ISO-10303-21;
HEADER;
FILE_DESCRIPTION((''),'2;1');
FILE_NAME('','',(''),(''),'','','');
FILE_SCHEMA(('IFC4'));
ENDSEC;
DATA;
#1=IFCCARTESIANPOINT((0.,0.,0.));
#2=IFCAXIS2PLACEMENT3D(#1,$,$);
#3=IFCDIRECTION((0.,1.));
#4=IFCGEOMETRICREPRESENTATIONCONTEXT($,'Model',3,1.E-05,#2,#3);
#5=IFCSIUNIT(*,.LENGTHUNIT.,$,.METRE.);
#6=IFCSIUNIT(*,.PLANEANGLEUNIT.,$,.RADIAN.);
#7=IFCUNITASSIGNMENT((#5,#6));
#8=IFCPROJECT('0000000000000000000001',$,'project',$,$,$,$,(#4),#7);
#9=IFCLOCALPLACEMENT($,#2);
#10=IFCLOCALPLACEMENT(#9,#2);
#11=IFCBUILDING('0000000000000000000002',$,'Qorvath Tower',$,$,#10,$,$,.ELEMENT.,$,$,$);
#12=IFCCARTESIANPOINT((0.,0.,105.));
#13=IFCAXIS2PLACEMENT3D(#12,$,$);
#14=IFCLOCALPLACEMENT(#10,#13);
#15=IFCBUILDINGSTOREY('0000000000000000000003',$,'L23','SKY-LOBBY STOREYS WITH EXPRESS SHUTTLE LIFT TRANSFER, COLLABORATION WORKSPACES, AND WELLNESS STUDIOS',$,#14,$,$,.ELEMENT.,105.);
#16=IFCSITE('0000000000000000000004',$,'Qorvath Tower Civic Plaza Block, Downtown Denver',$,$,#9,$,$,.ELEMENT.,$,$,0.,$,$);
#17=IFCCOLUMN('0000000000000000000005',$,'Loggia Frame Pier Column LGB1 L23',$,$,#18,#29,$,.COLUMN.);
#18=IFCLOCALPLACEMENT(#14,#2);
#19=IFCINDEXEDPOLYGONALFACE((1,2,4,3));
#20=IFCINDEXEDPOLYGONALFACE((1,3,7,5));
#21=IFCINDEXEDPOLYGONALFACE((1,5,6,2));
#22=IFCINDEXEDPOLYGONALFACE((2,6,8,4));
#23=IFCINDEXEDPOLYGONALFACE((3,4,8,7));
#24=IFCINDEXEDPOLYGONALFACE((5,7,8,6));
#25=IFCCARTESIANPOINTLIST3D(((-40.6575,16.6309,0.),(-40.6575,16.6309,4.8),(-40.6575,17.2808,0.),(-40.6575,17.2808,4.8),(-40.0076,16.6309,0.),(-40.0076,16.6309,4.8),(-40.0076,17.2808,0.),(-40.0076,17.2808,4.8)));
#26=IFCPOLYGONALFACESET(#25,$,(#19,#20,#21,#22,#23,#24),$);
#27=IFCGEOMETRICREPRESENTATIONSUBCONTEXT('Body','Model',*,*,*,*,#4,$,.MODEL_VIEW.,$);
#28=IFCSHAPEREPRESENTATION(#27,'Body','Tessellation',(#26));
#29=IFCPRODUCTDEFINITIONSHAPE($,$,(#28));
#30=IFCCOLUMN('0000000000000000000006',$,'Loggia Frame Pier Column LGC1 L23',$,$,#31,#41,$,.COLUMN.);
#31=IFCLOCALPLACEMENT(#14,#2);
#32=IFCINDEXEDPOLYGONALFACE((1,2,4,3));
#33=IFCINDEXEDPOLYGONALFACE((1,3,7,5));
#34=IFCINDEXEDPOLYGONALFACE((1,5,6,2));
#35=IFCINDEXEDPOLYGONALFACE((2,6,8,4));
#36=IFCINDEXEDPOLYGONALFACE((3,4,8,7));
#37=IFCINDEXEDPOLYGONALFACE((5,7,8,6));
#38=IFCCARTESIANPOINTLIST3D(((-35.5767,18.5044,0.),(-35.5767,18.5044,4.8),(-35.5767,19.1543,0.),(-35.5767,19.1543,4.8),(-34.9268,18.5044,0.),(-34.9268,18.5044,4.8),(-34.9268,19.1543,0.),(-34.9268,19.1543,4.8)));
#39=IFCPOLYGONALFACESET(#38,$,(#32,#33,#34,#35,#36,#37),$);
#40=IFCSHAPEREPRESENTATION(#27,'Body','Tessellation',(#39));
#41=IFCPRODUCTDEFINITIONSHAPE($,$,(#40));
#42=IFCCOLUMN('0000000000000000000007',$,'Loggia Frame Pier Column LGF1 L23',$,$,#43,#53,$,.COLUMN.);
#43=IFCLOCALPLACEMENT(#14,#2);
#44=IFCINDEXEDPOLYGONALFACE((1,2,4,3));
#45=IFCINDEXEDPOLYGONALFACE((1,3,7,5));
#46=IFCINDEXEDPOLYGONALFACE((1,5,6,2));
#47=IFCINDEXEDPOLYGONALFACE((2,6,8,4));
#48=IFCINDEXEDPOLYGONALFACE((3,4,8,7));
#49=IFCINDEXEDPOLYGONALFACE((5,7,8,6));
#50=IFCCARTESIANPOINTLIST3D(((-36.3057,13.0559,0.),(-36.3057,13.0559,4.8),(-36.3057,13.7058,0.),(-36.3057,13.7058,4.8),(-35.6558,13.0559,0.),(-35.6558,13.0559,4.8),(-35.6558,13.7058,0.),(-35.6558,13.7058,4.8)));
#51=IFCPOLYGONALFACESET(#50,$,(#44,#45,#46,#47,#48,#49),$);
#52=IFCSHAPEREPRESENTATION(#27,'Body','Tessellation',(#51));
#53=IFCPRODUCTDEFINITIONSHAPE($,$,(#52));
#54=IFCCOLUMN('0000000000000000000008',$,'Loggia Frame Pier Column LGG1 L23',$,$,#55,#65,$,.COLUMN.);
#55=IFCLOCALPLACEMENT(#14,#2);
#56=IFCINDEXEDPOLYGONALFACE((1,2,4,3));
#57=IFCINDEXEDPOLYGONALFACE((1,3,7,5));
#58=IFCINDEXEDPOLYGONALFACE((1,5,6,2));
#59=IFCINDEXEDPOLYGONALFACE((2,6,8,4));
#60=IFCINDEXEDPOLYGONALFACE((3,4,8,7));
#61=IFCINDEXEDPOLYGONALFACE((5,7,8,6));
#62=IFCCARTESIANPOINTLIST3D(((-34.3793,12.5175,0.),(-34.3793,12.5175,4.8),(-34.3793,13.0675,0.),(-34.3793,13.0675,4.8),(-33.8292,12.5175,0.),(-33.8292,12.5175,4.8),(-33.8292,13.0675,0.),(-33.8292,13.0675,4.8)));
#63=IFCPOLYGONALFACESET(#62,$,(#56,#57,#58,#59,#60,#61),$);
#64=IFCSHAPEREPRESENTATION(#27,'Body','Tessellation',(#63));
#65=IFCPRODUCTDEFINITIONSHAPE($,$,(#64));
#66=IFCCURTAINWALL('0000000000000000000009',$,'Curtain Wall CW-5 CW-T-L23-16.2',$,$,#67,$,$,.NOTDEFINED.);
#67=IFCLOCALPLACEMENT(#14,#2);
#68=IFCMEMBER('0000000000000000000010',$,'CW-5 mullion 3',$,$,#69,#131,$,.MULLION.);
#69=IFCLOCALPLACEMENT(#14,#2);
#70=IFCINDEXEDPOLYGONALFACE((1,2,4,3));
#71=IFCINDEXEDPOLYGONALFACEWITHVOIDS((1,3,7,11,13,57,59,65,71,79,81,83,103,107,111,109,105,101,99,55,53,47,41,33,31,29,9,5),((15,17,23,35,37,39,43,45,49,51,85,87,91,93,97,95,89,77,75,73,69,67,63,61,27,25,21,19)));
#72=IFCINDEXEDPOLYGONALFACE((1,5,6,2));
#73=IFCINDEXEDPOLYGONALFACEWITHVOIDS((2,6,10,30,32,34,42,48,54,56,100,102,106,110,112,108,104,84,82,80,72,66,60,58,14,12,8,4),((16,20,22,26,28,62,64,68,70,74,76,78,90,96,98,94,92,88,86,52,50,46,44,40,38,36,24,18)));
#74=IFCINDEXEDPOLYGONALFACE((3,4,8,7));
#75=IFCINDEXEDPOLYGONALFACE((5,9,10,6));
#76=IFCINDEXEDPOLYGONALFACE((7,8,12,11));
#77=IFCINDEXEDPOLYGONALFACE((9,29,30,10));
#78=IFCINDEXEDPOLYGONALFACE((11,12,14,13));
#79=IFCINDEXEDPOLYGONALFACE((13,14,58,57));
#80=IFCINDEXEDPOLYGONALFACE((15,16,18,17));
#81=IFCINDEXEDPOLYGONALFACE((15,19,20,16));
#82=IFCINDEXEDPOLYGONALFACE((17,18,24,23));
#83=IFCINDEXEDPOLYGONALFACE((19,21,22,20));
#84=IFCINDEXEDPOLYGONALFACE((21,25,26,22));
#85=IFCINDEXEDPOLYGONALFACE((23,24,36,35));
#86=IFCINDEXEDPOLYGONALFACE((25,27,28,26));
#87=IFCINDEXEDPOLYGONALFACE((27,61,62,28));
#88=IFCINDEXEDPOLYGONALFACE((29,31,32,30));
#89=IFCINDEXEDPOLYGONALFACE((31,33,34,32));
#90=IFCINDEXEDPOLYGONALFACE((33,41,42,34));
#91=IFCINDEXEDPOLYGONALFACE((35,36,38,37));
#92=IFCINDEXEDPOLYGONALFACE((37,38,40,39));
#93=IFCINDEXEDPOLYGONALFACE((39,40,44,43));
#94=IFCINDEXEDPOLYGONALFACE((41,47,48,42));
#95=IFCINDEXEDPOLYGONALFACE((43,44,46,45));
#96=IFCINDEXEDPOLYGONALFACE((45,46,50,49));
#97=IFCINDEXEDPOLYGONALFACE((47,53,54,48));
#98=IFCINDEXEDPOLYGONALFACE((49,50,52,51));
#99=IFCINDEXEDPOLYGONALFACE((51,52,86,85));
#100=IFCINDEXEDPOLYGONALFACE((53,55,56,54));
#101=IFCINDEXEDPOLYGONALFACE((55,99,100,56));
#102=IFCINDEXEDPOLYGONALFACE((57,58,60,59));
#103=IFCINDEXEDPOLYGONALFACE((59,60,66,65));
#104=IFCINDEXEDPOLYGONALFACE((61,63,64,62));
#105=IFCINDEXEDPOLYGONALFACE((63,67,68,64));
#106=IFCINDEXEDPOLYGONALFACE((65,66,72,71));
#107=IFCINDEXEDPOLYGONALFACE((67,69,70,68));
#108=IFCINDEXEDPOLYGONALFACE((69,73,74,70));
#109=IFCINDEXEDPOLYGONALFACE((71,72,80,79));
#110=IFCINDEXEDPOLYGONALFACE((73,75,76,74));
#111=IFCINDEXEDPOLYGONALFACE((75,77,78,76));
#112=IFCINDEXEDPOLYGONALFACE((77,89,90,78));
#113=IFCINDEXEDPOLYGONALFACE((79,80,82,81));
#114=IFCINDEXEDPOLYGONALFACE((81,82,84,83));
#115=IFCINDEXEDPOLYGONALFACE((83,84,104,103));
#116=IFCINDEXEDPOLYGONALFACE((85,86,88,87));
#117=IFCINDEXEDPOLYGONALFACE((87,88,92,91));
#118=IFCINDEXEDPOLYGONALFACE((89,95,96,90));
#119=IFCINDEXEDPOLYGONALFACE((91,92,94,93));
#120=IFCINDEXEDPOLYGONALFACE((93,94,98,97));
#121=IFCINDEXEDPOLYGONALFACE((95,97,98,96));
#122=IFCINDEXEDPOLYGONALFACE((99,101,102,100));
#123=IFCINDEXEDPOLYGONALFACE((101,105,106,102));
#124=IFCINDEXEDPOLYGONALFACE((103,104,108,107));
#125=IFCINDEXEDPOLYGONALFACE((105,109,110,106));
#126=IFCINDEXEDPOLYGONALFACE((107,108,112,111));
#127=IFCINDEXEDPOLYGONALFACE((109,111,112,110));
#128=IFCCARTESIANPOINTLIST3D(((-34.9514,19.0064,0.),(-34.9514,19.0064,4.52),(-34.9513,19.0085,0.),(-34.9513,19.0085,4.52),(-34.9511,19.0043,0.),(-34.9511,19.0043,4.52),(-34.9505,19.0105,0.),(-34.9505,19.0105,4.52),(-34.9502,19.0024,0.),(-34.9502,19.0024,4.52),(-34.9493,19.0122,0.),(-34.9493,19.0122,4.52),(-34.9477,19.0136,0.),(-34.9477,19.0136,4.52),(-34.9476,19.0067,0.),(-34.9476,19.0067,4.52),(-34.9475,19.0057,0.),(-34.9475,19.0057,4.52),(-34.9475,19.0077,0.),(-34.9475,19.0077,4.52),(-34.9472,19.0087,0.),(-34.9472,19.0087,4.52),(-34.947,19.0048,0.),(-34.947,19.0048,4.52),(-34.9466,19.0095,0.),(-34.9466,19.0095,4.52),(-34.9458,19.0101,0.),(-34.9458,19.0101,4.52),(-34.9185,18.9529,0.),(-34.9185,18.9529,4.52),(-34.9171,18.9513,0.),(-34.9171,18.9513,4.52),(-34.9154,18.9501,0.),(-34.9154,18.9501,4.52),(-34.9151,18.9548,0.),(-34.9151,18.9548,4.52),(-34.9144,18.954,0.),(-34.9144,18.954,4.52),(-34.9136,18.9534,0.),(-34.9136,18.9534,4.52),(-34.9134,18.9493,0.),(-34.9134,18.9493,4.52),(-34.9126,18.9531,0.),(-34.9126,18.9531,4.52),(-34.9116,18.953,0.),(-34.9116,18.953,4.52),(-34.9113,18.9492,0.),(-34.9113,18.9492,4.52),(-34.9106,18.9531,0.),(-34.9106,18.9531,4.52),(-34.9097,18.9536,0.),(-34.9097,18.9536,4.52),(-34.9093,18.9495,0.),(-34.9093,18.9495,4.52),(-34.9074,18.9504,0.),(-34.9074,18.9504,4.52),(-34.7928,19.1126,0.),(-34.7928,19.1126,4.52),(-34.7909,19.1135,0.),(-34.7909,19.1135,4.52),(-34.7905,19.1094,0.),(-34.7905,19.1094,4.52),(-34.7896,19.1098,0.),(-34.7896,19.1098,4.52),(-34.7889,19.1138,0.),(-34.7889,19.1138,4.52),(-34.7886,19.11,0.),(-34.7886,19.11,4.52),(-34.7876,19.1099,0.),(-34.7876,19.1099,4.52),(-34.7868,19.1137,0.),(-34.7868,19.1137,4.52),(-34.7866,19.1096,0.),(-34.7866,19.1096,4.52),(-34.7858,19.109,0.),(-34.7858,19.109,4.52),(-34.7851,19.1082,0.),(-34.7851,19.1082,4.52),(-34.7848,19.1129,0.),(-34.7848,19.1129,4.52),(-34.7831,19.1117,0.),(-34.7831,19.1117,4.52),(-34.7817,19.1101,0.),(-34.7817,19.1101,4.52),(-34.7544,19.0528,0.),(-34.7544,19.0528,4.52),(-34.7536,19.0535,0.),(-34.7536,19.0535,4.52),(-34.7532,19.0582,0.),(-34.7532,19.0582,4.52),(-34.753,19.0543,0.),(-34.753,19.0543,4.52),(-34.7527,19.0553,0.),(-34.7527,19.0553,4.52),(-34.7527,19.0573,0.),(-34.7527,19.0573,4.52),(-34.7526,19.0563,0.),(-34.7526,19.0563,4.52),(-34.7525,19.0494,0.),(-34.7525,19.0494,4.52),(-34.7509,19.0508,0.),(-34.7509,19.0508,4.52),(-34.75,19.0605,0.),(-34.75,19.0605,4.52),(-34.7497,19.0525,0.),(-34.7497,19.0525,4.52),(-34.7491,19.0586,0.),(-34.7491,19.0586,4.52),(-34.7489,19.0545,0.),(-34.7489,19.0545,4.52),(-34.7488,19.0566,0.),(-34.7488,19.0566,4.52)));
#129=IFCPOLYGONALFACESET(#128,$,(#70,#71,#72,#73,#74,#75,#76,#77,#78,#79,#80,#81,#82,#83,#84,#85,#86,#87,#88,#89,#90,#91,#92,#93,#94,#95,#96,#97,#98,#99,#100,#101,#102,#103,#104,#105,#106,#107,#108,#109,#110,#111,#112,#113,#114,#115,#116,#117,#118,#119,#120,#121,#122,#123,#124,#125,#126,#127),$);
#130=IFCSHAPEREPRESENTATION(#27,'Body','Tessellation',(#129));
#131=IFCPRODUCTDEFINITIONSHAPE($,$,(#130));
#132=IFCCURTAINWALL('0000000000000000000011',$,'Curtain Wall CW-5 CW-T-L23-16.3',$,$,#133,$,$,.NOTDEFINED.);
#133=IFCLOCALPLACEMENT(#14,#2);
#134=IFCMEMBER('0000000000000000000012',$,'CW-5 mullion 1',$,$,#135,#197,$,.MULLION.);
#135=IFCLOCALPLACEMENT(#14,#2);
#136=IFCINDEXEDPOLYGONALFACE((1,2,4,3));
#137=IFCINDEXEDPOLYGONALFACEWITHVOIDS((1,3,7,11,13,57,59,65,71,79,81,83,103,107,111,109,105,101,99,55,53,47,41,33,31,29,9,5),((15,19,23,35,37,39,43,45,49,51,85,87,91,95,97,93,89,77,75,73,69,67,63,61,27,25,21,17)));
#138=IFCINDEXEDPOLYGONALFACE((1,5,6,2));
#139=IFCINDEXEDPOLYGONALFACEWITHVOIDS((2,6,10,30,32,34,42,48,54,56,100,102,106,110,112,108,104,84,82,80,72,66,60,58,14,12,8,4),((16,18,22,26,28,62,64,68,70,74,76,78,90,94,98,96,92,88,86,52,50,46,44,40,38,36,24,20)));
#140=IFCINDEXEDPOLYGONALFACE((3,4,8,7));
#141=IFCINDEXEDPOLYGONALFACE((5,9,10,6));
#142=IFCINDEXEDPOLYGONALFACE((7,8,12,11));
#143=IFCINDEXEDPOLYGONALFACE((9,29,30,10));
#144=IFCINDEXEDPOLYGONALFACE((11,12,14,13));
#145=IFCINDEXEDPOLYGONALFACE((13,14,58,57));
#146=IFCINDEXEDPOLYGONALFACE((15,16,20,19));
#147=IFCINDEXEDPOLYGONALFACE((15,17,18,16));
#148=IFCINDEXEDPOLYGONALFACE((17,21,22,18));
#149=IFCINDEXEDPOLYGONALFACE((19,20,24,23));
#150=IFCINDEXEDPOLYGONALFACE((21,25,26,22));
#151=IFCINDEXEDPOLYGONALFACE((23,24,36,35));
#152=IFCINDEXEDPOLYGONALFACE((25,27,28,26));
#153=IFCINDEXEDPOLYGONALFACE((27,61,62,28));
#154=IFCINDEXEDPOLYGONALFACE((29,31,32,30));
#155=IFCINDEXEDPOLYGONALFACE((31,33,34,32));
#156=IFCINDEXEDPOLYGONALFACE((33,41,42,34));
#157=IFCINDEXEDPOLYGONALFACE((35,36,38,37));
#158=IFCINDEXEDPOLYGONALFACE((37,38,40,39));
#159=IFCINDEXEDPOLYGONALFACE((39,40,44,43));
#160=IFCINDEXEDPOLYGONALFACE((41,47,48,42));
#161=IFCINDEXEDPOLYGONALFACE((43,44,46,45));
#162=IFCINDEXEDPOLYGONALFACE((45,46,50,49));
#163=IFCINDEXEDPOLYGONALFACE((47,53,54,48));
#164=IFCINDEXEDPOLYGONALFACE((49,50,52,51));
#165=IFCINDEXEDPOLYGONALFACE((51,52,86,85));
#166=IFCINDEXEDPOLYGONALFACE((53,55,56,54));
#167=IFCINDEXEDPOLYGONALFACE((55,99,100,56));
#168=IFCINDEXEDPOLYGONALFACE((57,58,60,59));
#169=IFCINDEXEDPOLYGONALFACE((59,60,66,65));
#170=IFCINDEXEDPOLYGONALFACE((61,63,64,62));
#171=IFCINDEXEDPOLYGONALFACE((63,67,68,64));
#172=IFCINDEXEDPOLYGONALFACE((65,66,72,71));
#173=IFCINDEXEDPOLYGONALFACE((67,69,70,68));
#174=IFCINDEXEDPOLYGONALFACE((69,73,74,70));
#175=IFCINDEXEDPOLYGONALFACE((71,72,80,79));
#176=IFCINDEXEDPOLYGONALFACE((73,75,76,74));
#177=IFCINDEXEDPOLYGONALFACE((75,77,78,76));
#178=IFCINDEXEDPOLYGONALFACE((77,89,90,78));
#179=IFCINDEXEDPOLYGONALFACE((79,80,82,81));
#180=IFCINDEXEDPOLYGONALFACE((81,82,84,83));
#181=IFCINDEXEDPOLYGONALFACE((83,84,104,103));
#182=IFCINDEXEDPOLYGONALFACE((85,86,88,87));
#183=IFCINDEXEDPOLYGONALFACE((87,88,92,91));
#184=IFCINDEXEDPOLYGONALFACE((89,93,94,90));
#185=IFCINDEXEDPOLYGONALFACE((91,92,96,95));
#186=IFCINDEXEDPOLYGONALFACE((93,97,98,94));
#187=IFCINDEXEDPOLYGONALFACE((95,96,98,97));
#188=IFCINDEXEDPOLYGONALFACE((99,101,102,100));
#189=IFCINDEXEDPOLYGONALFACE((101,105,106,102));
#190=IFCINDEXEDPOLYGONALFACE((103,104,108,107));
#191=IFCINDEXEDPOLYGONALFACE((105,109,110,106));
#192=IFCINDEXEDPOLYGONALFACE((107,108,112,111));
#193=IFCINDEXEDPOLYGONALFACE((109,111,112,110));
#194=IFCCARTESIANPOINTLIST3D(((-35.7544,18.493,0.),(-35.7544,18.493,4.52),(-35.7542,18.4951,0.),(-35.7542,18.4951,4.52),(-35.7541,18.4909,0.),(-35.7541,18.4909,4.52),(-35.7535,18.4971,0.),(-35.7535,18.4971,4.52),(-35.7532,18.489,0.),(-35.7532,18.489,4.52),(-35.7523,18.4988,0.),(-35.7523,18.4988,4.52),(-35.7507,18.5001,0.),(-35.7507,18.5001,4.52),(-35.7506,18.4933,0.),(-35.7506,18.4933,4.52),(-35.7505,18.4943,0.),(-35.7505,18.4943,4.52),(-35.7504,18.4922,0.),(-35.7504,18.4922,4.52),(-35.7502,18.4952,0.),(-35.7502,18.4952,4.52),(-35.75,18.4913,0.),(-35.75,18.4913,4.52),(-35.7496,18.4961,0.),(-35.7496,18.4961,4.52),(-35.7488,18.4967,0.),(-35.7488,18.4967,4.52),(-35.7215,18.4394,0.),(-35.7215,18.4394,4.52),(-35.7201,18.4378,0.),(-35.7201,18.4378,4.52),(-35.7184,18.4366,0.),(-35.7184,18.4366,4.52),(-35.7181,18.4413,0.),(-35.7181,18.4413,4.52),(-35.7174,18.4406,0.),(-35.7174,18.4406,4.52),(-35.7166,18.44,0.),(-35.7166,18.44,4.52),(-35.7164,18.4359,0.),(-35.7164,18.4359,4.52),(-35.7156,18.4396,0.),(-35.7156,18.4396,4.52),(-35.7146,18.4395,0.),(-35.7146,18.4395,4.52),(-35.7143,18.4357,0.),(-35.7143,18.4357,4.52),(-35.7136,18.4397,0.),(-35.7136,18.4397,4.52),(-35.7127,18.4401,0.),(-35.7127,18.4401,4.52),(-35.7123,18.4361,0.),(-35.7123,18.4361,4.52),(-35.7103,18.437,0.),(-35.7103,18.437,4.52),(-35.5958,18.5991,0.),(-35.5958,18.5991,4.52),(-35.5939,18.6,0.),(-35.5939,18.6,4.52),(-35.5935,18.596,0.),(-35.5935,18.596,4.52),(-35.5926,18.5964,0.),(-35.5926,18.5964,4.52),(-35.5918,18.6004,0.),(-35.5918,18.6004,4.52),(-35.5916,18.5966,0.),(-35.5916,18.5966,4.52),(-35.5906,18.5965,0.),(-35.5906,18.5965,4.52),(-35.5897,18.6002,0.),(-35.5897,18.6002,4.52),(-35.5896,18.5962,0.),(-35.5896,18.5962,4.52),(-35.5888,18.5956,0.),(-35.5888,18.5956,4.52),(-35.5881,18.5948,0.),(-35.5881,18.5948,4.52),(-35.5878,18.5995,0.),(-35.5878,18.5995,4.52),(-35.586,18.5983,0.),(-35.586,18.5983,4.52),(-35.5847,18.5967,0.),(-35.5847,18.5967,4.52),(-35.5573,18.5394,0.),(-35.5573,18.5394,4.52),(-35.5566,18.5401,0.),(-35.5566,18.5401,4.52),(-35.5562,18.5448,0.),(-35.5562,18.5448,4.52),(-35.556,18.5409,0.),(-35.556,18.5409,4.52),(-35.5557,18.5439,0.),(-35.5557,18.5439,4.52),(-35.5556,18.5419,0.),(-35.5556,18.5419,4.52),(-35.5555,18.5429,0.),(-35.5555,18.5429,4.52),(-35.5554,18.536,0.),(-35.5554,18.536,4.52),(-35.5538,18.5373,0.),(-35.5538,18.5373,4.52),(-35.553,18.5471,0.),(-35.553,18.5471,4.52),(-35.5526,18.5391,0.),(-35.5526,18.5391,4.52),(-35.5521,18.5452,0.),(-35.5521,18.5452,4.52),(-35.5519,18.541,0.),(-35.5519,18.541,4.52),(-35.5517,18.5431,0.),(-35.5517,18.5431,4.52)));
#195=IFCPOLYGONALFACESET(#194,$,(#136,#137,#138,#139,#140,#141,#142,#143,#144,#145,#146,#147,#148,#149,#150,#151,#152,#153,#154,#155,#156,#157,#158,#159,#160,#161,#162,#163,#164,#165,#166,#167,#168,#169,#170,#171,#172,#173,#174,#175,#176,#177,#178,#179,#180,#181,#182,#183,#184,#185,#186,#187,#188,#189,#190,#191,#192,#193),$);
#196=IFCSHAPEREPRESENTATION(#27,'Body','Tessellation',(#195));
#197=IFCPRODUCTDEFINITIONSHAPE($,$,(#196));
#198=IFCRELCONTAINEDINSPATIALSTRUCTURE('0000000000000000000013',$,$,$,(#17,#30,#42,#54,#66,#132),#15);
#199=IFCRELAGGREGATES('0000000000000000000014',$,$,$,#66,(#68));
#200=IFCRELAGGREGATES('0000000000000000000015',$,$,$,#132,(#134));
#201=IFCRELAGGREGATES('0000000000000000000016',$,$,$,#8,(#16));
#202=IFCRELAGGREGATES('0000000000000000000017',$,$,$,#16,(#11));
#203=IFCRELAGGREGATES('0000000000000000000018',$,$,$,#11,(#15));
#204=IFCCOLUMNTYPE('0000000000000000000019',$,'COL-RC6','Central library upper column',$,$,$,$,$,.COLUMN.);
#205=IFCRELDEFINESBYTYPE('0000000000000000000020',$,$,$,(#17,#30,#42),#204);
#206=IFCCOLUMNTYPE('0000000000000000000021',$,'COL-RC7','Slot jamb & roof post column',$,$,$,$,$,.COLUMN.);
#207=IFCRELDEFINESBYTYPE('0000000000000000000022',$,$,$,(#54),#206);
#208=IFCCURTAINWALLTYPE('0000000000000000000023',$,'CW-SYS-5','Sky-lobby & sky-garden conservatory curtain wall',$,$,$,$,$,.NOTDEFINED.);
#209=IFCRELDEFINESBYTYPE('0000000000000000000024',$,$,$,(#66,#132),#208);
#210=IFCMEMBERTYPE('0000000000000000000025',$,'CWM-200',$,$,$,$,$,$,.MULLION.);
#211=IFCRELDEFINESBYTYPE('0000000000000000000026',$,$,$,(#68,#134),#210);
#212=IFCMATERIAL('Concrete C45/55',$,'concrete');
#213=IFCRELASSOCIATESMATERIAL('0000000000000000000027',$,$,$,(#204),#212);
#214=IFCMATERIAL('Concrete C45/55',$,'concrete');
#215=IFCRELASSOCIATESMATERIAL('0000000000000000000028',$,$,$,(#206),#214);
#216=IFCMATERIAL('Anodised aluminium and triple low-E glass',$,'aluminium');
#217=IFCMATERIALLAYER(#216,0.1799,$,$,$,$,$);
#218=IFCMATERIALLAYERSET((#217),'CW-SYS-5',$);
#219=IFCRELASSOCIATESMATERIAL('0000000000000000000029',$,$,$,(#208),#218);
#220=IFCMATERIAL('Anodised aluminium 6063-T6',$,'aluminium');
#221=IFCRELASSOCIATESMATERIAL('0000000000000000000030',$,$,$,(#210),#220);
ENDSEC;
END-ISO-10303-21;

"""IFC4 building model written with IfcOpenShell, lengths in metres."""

from ifc_helpers import new_model, si_unit, direction, frame, origin, origin_2d, place, context, subcontext, project, spatial, rectangle, hollow_rectangle, extrude, material, layer, layer_set, material_profile, profile_set, type_object, element, aggregate, save


model = new_model("IFC4")

# Units and contexts
model_context = context("Model", 3, precision=1e-05, world=origin(), true_north=direction((0.0, 1.0)))
body_context = subcontext(model_context, "Body", "Model", "MODEL_VIEW")
ifc_project = project(units=[si_unit("LENGTHUNIT", "METRE"), si_unit("PLANEANGLEUNIT", "RADIAN")], contexts=[model_context])

# Site, building, storey
site_placement = place(None, origin())
site = spatial("IfcSite", under=ifc_project, at=site_placement, Name="Qorvath Tower Civic Plaza Block, Downtown Denver", CompositionType="ELEMENT", RefElevation=0.0)
building_placement = place(site_placement, origin())
building = spatial("IfcBuilding", under=site, at=building_placement, Name="Qorvath Tower", CompositionType="ELEMENT")
storey_placement = place(building_placement, frame((0.0, 0.0, 105.0)))
storey = spatial("IfcBuildingStorey", under=building, at=storey_placement, Name="L23", Description="SKY-LOBBY STOREYS WITH EXPRESS SHUTTLE LIFT TRANSFER, COLLABORATION WORKSPACES, AND WELLNESS STUDIOS", CompositionType="ELEMENT", Elevation=105.0)

# Columns
ifc_material_1 = material(Name="Concrete C45/55", Category="concrete")
ifc_material_profile_1 = material_profile(ifc_material_1, rectangle(XDim=0.6499, YDim=0.6499, at=origin_2d()), Name="RC 650x650")
ifc_profile_set_1 = profile_set([ifc_material_profile_1], Name="Concrete C45/55")
column_type_1 = type_object("IfcColumnType", Name="COL-RC6", Description="Central library upper column", PredefinedType="COLUMN", material=ifc_profile_set_1)
for number, where, z_axis, x_axis, name in (
    (1, (-40.3325, 16.9558, 0.0), (0.0, 0.0, 1.0), (1.0, 0.0, 0.0), "Loggia Frame Pier Column LGB1 L23"),
    (2, (-35.2517, 18.8293, 0.0), (0.0, 0.0, 1.0), (1.0, 0.0, 0.0), "Loggia Frame Pier Column LGC1 L23"),
    (3, (-35.9807, 13.3809, 0.0), (0.0, 0.0, 1.0), (1.0, 0.0, 0.0), "Loggia Frame Pier Column LGF1 L23"),
):
    element("IfcColumn", number, at=place(storey_placement, frame(where, z_axis=z_axis, x_axis=x_axis)), inside=storey, type_object=column_type_1, Name=name, PredefinedType="COLUMN", context=body_context, shape_type="SweptSolid", body=[
        extrude(rectangle(XDim=0.6499, YDim=0.6499, at=origin_2d()), origin(), (0.0, 0.0, 1.0), 4.8),
    ])
ifc_material_2 = material(Name="Concrete C45/55", Category="concrete")
ifc_material_profile_2 = material_profile(ifc_material_2, rectangle(XDim=0.55, YDim=0.55, at=origin_2d()), Name="RC 550x550")
ifc_profile_set_2 = profile_set([ifc_material_profile_2], Name="Concrete C45/55")
column_type_2 = type_object("IfcColumnType", Name="COL-RC7", Description="Slot jamb & roof post column", PredefinedType="COLUMN", material=ifc_profile_set_2)
column_placement = place(storey_placement, frame((-34.1042, 12.7925, 0.0), z_axis=(0.0, 0.0, 1.0), x_axis=(1.0, 0.0, 0.0)))
element("IfcColumn", 4, at=column_placement, inside=storey, type_object=column_type_2, Name="Loggia Frame Pier Column LGG1 L23", PredefinedType="COLUMN", context=body_context, shape_type="SweptSolid", body=[
    extrude(rectangle(XDim=0.55, YDim=0.55, at=origin_2d()), origin(), (0.0, 0.0, 1.0), 4.8),
])

# Curtain wall, member
ifc_material_3 = material(Name="Anodised aluminium and triple low-E glass", Category="aluminium")
ifc_layer_1 = layer(ifc_material_3, 0.1799)
ifc_layer_set_1 = layer_set([ifc_layer_1], Name="CW-SYS-5")
curtain_wall_type = type_object("IfcCurtainWallType", Name="CW-SYS-5", Description="Sky-lobby & sky-garden conservatory curtain wall", PredefinedType="NOTDEFINED", material=ifc_layer_set_1)
curtain_wall_1_placement = place(storey_placement, origin())
curtain_wall_1 = element("IfcCurtainWall", 5, at=curtain_wall_1_placement, inside=storey, type_object=curtain_wall_type, Name="Curtain Wall CW-5 CW-T-L23-16.2", PredefinedType="NOTDEFINED")
ifc_material_4 = material(Name="Anodised aluminium 6063-T6", Category="aluminium")
ifc_material_profile_3 = material_profile(ifc_material_4, hollow_rectangle(XDim=0.075, YDim=0.2, WallThickness=0.0039, InnerFilletRadius=0.0039, OuterFilletRadius=0.0081, at=origin_2d()), Name="CWM 200x75")
ifc_profile_set_3 = profile_set([ifc_material_profile_3], Name="Anodised aluminium 6063-T6")
member_type_1 = type_object("IfcMemberType", Name="CWM-200", PredefinedType="MULLION", material=ifc_profile_set_3)
member_1_placement = place(storey_placement, frame((-34.8501, 19.0315, 0.0), z_axis=(0.0, 0.0, 1.0), x_axis=(0.538543, -0.842598, 0.0)))
member_1 = element("IfcMember", 6, at=member_1_placement, type_object=member_type_1, Name="CW-5 mullion 3", PredefinedType="MULLION", context=body_context, shape_type="SweptSolid", body=[
    extrude(hollow_rectangle(XDim=0.075, YDim=0.2, WallThickness=0.0039, InnerFilletRadius=0.0039, OuterFilletRadius=0.0081, at=origin_2d()), origin(), (0.0, 0.0, 1.0), 4.52),
])

# Curtain wall, member
curtain_wall_2_placement = place(storey_placement, origin())
curtain_wall_2 = element("IfcCurtainWall", 7, at=curtain_wall_2_placement, inside=storey, type_object=curtain_wall_type, Name="Curtain Wall CW-5 CW-T-L23-16.3", PredefinedType="NOTDEFINED")
member_2_placement = place(storey_placement, frame((-35.6531, 18.5181, 0.0), z_axis=(0.0, 0.0, 1.0), x_axis=(0.538532, -0.842605, 0.0)))
member_2 = element("IfcMember", 8, at=member_2_placement, type_object=member_type_1, Name="CW-5 mullion 1", PredefinedType="MULLION", context=body_context, shape_type="SweptSolid", body=[
    extrude(hollow_rectangle(XDim=0.075, YDim=0.2, WallThickness=0.0039, InnerFilletRadius=0.0039, OuterFilletRadius=0.0081, at=origin_2d()), origin(), (0.0, 0.0, 1.0), 4.52),
])

aggregate(curtain_wall_1, [member_1])
aggregate(curtain_wall_2, [member_2])

save(model, "model.ifc")
